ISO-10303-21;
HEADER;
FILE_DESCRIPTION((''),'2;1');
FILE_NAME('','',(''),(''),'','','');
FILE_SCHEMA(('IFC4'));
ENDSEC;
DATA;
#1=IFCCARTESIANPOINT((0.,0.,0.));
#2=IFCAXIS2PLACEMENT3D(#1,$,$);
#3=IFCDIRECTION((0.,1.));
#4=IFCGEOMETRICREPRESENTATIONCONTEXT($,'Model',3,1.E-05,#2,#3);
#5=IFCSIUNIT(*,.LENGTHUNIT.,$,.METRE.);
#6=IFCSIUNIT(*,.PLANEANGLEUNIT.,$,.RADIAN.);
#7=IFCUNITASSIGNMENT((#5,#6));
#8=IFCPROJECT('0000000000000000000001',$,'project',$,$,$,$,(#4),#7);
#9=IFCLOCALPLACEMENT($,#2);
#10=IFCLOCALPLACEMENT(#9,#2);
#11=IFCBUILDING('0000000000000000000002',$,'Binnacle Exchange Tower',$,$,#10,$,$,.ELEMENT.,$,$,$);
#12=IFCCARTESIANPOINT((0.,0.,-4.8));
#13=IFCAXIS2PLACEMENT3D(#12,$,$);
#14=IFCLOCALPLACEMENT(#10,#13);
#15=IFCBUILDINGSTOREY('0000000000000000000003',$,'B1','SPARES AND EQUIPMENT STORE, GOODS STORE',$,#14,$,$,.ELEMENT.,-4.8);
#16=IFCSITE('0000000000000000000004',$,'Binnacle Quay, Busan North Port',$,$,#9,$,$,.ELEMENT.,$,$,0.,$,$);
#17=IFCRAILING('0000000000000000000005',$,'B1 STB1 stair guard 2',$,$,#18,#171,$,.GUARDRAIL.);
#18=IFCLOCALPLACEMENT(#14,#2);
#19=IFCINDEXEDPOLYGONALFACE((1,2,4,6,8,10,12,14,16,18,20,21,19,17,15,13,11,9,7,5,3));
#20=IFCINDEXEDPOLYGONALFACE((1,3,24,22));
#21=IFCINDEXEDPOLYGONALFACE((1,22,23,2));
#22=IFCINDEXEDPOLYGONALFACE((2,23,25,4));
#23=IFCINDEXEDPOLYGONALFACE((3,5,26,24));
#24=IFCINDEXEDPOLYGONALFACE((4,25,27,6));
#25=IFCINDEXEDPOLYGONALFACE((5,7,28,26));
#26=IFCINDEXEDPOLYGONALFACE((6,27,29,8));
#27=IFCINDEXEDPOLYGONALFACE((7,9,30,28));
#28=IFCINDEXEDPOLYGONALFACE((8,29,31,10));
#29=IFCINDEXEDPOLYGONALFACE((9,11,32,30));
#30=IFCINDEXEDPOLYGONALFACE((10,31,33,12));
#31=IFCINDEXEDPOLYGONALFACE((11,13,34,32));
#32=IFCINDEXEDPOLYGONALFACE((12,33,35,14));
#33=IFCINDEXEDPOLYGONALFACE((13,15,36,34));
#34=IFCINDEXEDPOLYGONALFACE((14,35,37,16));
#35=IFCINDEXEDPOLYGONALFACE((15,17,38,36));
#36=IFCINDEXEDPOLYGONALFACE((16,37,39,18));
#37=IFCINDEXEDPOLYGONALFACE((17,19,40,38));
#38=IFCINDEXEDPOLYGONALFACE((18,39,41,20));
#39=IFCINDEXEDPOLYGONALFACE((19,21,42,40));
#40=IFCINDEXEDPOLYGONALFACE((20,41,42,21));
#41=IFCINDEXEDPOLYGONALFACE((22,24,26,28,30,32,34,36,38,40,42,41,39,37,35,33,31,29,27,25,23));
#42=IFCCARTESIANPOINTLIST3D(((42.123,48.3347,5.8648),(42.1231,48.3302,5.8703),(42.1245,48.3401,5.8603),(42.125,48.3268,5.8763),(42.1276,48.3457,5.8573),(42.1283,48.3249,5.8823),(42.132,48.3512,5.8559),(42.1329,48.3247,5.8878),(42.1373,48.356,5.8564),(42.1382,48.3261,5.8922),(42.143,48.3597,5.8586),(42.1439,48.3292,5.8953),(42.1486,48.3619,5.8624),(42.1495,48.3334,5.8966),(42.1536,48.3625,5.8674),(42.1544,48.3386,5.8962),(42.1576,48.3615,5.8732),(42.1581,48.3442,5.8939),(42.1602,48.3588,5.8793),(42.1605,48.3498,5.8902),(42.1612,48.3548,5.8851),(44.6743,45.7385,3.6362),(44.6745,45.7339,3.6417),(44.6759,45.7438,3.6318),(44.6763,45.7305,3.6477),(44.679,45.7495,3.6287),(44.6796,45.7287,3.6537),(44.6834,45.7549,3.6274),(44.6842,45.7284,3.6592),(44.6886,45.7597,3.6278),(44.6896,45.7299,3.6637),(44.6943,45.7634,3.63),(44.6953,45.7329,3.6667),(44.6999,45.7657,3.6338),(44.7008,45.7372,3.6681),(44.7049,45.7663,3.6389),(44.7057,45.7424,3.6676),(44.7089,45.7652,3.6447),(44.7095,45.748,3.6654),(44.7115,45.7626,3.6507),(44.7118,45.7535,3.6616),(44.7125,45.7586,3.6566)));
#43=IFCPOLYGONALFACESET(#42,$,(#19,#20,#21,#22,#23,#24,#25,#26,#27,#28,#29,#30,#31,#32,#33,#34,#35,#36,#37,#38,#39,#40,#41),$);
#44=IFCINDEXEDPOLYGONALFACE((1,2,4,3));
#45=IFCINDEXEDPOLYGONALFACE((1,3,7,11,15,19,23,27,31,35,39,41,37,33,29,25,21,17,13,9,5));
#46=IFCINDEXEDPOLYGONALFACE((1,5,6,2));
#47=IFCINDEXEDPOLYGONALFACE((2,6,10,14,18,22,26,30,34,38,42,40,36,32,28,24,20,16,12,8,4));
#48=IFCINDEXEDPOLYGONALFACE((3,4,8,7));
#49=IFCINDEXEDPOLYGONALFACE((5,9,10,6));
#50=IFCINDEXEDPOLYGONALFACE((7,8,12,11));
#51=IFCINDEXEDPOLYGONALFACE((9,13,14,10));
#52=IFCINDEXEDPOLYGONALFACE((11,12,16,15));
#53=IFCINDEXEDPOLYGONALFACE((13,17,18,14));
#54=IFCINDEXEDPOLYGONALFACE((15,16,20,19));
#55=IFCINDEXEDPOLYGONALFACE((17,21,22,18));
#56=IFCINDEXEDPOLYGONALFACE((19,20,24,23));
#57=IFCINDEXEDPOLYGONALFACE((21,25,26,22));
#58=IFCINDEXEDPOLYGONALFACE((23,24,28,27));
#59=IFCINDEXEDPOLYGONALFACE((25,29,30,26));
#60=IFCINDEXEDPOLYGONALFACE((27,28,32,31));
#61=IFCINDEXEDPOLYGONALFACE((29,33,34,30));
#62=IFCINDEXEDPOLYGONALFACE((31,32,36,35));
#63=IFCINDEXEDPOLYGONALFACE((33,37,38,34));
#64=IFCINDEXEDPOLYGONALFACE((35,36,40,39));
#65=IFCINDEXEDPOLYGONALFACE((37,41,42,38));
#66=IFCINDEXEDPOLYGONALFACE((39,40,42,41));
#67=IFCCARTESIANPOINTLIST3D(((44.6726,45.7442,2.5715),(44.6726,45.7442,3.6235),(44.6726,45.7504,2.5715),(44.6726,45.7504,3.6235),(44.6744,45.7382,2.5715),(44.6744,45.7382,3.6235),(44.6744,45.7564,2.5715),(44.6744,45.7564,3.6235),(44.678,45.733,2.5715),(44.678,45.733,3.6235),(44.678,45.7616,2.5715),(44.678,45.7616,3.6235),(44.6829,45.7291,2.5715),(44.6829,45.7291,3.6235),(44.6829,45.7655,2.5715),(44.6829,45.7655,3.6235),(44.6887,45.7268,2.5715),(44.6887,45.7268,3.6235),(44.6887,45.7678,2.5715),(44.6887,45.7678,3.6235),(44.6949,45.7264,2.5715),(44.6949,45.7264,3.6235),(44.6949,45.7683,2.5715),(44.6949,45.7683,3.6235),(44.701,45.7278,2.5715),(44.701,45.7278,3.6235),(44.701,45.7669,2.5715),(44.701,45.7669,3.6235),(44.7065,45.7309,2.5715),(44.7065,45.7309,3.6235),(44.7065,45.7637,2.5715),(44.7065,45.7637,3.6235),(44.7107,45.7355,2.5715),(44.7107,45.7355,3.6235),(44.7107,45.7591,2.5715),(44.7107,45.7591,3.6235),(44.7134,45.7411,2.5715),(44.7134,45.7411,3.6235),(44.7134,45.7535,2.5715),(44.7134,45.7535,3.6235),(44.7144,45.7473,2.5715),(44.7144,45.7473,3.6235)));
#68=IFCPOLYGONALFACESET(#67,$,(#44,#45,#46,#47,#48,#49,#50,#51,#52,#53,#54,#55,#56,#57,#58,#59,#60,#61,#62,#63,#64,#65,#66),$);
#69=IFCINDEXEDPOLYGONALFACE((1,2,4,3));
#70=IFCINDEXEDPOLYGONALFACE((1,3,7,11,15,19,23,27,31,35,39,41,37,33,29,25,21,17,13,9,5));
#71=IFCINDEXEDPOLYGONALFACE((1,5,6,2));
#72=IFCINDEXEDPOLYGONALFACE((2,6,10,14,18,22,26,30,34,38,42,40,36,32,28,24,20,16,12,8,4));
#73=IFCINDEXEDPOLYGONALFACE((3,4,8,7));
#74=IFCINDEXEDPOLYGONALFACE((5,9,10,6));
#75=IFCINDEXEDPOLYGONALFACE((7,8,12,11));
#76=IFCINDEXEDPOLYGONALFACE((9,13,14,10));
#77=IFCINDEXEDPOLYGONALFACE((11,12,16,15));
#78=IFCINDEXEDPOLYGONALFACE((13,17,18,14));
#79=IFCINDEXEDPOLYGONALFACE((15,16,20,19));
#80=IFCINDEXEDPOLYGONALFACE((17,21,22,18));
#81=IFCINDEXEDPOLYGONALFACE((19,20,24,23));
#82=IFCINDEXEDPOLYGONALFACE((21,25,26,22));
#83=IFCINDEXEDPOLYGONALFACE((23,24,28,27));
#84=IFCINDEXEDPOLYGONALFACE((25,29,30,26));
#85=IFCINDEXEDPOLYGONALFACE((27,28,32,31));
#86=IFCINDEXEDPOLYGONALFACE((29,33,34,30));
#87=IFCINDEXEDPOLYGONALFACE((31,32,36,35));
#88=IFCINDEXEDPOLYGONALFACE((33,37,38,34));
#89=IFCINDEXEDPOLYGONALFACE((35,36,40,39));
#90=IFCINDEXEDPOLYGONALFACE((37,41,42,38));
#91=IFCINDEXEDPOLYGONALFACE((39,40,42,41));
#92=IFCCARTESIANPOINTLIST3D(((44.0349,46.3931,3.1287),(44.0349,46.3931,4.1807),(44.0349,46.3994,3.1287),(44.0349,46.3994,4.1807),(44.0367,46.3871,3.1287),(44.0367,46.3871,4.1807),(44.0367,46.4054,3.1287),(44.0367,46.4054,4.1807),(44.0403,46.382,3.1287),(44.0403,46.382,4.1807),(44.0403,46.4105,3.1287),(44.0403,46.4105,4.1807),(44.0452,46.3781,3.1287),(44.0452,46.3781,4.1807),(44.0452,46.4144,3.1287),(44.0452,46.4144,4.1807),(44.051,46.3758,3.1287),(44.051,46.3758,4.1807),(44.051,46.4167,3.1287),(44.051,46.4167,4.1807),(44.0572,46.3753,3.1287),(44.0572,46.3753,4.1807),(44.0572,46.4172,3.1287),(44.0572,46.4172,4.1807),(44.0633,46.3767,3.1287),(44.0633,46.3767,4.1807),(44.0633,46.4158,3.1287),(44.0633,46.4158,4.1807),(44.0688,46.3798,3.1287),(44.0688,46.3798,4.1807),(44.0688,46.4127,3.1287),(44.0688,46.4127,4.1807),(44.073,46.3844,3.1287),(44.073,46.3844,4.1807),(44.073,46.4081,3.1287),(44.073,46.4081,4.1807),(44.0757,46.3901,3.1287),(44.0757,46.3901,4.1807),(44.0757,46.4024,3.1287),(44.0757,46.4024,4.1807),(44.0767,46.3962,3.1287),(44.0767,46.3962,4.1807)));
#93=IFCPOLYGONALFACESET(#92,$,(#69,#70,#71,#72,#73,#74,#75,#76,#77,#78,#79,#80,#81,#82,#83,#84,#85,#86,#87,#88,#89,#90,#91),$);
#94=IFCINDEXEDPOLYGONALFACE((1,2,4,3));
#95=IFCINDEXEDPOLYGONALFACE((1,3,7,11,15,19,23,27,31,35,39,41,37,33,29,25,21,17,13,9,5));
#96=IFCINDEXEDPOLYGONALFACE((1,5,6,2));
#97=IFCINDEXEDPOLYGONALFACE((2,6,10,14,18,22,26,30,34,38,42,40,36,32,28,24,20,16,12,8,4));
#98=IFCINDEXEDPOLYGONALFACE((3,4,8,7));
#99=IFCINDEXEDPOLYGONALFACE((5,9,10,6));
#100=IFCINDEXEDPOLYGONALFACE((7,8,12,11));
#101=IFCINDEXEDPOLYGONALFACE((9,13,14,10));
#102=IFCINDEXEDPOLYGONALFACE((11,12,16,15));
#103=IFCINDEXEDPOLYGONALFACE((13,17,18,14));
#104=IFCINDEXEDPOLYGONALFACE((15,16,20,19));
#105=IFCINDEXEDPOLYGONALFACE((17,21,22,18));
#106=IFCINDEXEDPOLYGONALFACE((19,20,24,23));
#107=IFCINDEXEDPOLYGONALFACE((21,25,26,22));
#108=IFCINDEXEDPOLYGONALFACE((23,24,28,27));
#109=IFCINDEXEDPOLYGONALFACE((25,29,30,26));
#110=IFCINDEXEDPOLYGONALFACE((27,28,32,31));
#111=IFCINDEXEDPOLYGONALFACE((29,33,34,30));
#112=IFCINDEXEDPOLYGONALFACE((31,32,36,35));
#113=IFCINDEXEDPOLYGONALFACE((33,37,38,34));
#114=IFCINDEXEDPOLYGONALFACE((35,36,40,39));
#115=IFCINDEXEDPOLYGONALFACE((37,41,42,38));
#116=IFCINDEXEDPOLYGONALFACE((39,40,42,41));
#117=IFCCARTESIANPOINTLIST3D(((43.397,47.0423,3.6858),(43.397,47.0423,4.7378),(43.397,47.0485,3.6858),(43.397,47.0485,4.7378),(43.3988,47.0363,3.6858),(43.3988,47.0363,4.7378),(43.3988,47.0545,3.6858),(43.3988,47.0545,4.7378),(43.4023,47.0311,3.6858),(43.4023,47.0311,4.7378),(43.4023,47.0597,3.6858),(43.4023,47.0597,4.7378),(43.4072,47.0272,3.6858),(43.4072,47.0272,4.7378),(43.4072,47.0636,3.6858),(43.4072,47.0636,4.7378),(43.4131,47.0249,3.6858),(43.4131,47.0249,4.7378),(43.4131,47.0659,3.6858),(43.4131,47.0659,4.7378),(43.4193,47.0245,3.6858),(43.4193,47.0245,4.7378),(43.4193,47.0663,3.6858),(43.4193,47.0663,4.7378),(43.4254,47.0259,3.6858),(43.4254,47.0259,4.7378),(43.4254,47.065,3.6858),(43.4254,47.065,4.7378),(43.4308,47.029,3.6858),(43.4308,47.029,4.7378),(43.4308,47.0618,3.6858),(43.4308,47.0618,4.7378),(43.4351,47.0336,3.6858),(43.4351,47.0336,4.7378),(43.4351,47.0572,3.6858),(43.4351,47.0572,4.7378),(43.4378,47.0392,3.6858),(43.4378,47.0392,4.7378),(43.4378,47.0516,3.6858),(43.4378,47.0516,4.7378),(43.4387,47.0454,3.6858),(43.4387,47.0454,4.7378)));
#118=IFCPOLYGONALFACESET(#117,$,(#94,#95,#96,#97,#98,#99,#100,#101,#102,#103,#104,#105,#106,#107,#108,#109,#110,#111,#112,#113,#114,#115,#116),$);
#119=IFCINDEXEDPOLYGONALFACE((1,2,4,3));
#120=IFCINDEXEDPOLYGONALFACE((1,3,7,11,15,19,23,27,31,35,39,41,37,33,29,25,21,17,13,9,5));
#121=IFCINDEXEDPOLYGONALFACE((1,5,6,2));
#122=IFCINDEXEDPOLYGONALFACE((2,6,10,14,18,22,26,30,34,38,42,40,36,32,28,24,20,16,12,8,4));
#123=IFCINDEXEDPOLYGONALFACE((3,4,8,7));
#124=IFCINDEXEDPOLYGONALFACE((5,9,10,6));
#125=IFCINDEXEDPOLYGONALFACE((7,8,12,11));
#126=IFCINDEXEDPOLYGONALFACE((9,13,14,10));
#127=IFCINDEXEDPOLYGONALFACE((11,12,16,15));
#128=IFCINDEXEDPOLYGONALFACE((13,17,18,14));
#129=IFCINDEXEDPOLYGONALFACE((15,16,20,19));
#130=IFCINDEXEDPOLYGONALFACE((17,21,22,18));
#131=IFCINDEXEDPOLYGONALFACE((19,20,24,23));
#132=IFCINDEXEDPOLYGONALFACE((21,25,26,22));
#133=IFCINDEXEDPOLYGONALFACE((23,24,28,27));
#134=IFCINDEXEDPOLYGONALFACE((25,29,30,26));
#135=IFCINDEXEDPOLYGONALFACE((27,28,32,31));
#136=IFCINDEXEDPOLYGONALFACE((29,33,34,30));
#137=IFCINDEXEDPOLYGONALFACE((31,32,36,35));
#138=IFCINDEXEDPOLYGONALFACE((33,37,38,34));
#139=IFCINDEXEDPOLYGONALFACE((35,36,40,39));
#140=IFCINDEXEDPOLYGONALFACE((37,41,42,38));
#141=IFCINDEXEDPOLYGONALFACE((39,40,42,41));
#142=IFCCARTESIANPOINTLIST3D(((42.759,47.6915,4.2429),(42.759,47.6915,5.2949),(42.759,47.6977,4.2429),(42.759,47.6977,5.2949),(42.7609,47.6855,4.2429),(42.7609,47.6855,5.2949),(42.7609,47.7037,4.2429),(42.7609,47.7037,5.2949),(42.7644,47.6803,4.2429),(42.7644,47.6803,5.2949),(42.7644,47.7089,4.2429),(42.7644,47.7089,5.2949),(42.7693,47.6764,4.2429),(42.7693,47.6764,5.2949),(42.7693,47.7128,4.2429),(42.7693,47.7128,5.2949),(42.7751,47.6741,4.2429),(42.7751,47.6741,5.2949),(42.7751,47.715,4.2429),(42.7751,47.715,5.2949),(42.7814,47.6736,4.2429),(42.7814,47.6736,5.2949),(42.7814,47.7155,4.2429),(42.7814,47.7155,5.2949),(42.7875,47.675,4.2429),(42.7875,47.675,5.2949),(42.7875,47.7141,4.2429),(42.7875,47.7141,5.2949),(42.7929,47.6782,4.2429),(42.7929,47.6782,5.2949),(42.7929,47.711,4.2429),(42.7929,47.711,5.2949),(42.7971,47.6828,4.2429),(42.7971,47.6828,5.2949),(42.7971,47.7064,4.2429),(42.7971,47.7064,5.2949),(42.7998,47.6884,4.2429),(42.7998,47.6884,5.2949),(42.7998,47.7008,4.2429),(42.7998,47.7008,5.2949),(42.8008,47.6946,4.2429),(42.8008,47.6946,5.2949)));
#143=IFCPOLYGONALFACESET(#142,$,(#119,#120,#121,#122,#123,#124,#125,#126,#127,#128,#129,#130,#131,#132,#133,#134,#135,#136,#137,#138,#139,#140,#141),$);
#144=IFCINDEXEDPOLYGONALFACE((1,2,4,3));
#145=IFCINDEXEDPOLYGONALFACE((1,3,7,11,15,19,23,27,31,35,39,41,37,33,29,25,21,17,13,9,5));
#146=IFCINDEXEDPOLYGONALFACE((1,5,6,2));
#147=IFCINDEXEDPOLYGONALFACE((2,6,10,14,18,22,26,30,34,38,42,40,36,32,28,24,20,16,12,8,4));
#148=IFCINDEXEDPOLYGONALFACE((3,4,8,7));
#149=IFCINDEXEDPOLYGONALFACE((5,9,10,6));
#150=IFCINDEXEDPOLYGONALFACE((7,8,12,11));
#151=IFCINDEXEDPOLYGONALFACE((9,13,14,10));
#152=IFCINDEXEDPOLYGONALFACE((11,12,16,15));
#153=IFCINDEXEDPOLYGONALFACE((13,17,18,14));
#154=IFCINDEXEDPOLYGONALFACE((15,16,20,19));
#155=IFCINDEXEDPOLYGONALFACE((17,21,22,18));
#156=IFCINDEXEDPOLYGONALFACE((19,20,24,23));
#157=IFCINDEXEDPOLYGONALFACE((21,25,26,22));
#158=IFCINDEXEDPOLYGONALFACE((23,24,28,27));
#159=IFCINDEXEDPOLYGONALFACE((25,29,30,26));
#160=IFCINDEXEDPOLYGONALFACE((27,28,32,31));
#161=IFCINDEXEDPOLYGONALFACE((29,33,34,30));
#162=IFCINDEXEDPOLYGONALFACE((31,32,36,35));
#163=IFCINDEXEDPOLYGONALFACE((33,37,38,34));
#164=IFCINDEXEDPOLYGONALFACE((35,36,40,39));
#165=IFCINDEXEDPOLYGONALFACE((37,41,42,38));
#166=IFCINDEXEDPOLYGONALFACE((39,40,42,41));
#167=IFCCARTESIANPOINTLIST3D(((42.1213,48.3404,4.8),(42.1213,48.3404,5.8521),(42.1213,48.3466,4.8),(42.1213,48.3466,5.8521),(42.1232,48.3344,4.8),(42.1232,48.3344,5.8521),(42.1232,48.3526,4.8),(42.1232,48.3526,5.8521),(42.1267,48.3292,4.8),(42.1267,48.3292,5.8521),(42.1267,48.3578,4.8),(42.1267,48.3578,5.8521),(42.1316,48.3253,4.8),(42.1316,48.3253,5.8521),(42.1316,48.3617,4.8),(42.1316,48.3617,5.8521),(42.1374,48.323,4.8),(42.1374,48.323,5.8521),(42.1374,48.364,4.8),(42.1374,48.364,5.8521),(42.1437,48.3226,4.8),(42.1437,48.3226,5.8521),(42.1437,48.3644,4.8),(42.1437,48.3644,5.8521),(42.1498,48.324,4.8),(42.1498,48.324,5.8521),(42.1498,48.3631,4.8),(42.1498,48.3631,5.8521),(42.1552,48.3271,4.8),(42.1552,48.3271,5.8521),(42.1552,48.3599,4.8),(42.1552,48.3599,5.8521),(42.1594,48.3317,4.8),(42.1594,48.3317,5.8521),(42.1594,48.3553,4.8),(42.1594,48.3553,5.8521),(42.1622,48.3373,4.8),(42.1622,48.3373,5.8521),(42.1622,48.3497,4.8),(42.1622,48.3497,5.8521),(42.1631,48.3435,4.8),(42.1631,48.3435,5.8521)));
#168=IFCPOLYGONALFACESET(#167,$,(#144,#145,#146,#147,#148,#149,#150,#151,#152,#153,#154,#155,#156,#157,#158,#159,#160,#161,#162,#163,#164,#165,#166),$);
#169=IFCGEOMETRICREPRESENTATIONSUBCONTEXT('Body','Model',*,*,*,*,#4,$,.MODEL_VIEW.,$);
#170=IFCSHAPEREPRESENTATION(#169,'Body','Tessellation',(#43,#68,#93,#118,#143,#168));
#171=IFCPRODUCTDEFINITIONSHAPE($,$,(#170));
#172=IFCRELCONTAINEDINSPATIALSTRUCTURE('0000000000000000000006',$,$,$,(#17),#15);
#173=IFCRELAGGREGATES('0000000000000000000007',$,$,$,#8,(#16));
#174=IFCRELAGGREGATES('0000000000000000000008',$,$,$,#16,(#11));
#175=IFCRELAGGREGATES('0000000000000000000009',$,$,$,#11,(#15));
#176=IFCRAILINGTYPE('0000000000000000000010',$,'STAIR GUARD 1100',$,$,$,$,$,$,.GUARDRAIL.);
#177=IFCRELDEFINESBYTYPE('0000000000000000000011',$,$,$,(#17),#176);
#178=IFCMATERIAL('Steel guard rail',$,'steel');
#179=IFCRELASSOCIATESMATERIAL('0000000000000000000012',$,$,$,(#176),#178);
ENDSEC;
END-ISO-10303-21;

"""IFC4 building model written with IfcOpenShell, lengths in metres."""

from ifc_helpers import new_model, si_unit, direction, frame, origin, origin_2d, place, context, subcontext, project, spatial, circle, extrude, material, type_object, element, save


model = new_model("IFC4")

# Units and contexts
model_context = context("Model", 3, precision=1e-05, world=origin(), true_north=direction((0.0, 1.0)))
body_context = subcontext(model_context, "Body", "Model", "MODEL_VIEW")
ifc_project = project(units=[si_unit("LENGTHUNIT", "METRE"), si_unit("PLANEANGLEUNIT", "RADIAN")], contexts=[model_context])

# Site, building, storey
site_placement = place(None, origin())
site = spatial("IfcSite", under=ifc_project, at=site_placement, Name="Binnacle Quay, Busan North Port", CompositionType="ELEMENT", RefElevation=0.0)
building_placement = place(site_placement, origin())
building = spatial("IfcBuilding", under=site, at=building_placement, Name="Binnacle Exchange Tower", CompositionType="ELEMENT")
storey_placement = place(building_placement, frame((0.0, 0.0, -4.8)))
storey = spatial("IfcBuildingStorey", under=building, at=storey_placement, Name="B1", Description="SPARES AND EQUIPMENT STORE, GOODS STORE", CompositionType="ELEMENT", Elevation=-4.8)

# Railing
ifc_material_1 = material(Name="Steel guard rail", Category="steel")
railing_type_1 = type_object("IfcRailingType", Name="STAIR GUARD 1100", PredefinedType="GUARDRAIL", material=ifc_material_1)
railing_1_placement = place(storey_placement, frame((44.6934, 45.7473, 2.5715)))
element("IfcRailing", 1, at=railing_1_placement, inside=storey, type_object=railing_type_1, Name="B1 STB1 stair guard 2", PredefinedType="GUARDRAIL", context=body_context, shape_type="SweptSolid", body=[
    extrude(circle(Radius=0.0239, at=origin_2d()), frame((0.0, 0.0, 1.0762), z_axis=(-0.597773, 0.608298, 0.52215), x_axis=(-0.713251, -0.700909, 0.0)), (0.0, 0.0, 1.0), 4.2681),
    extrude(circle(Radius=0.021, at=origin_2d()), origin(), (0.0, 0.0, 1.0), 1.052),
    extrude(circle(Radius=0.021, at=origin_2d()), frame((-0.6377, 0.6489, 0.5571)), (0.0, 0.0, 1.0), 1.052),
    extrude(circle(Radius=0.021, at=origin_2d()), frame((-1.2756, 1.2981, 1.1143)), (0.0, 0.0, 1.0), 1.052),
    extrude(circle(Radius=0.021, at=origin_2d()), frame((-1.9136, 1.9473, 1.6714)), (0.0, 0.0, 1.0), 1.052),
    extrude(circle(Radius=0.021, at=origin_2d()), frame((-2.5513, 2.5962, 2.2285)), (0.0, 0.0, 1.0), 1.052),
])

save(model, "model.ifc")
